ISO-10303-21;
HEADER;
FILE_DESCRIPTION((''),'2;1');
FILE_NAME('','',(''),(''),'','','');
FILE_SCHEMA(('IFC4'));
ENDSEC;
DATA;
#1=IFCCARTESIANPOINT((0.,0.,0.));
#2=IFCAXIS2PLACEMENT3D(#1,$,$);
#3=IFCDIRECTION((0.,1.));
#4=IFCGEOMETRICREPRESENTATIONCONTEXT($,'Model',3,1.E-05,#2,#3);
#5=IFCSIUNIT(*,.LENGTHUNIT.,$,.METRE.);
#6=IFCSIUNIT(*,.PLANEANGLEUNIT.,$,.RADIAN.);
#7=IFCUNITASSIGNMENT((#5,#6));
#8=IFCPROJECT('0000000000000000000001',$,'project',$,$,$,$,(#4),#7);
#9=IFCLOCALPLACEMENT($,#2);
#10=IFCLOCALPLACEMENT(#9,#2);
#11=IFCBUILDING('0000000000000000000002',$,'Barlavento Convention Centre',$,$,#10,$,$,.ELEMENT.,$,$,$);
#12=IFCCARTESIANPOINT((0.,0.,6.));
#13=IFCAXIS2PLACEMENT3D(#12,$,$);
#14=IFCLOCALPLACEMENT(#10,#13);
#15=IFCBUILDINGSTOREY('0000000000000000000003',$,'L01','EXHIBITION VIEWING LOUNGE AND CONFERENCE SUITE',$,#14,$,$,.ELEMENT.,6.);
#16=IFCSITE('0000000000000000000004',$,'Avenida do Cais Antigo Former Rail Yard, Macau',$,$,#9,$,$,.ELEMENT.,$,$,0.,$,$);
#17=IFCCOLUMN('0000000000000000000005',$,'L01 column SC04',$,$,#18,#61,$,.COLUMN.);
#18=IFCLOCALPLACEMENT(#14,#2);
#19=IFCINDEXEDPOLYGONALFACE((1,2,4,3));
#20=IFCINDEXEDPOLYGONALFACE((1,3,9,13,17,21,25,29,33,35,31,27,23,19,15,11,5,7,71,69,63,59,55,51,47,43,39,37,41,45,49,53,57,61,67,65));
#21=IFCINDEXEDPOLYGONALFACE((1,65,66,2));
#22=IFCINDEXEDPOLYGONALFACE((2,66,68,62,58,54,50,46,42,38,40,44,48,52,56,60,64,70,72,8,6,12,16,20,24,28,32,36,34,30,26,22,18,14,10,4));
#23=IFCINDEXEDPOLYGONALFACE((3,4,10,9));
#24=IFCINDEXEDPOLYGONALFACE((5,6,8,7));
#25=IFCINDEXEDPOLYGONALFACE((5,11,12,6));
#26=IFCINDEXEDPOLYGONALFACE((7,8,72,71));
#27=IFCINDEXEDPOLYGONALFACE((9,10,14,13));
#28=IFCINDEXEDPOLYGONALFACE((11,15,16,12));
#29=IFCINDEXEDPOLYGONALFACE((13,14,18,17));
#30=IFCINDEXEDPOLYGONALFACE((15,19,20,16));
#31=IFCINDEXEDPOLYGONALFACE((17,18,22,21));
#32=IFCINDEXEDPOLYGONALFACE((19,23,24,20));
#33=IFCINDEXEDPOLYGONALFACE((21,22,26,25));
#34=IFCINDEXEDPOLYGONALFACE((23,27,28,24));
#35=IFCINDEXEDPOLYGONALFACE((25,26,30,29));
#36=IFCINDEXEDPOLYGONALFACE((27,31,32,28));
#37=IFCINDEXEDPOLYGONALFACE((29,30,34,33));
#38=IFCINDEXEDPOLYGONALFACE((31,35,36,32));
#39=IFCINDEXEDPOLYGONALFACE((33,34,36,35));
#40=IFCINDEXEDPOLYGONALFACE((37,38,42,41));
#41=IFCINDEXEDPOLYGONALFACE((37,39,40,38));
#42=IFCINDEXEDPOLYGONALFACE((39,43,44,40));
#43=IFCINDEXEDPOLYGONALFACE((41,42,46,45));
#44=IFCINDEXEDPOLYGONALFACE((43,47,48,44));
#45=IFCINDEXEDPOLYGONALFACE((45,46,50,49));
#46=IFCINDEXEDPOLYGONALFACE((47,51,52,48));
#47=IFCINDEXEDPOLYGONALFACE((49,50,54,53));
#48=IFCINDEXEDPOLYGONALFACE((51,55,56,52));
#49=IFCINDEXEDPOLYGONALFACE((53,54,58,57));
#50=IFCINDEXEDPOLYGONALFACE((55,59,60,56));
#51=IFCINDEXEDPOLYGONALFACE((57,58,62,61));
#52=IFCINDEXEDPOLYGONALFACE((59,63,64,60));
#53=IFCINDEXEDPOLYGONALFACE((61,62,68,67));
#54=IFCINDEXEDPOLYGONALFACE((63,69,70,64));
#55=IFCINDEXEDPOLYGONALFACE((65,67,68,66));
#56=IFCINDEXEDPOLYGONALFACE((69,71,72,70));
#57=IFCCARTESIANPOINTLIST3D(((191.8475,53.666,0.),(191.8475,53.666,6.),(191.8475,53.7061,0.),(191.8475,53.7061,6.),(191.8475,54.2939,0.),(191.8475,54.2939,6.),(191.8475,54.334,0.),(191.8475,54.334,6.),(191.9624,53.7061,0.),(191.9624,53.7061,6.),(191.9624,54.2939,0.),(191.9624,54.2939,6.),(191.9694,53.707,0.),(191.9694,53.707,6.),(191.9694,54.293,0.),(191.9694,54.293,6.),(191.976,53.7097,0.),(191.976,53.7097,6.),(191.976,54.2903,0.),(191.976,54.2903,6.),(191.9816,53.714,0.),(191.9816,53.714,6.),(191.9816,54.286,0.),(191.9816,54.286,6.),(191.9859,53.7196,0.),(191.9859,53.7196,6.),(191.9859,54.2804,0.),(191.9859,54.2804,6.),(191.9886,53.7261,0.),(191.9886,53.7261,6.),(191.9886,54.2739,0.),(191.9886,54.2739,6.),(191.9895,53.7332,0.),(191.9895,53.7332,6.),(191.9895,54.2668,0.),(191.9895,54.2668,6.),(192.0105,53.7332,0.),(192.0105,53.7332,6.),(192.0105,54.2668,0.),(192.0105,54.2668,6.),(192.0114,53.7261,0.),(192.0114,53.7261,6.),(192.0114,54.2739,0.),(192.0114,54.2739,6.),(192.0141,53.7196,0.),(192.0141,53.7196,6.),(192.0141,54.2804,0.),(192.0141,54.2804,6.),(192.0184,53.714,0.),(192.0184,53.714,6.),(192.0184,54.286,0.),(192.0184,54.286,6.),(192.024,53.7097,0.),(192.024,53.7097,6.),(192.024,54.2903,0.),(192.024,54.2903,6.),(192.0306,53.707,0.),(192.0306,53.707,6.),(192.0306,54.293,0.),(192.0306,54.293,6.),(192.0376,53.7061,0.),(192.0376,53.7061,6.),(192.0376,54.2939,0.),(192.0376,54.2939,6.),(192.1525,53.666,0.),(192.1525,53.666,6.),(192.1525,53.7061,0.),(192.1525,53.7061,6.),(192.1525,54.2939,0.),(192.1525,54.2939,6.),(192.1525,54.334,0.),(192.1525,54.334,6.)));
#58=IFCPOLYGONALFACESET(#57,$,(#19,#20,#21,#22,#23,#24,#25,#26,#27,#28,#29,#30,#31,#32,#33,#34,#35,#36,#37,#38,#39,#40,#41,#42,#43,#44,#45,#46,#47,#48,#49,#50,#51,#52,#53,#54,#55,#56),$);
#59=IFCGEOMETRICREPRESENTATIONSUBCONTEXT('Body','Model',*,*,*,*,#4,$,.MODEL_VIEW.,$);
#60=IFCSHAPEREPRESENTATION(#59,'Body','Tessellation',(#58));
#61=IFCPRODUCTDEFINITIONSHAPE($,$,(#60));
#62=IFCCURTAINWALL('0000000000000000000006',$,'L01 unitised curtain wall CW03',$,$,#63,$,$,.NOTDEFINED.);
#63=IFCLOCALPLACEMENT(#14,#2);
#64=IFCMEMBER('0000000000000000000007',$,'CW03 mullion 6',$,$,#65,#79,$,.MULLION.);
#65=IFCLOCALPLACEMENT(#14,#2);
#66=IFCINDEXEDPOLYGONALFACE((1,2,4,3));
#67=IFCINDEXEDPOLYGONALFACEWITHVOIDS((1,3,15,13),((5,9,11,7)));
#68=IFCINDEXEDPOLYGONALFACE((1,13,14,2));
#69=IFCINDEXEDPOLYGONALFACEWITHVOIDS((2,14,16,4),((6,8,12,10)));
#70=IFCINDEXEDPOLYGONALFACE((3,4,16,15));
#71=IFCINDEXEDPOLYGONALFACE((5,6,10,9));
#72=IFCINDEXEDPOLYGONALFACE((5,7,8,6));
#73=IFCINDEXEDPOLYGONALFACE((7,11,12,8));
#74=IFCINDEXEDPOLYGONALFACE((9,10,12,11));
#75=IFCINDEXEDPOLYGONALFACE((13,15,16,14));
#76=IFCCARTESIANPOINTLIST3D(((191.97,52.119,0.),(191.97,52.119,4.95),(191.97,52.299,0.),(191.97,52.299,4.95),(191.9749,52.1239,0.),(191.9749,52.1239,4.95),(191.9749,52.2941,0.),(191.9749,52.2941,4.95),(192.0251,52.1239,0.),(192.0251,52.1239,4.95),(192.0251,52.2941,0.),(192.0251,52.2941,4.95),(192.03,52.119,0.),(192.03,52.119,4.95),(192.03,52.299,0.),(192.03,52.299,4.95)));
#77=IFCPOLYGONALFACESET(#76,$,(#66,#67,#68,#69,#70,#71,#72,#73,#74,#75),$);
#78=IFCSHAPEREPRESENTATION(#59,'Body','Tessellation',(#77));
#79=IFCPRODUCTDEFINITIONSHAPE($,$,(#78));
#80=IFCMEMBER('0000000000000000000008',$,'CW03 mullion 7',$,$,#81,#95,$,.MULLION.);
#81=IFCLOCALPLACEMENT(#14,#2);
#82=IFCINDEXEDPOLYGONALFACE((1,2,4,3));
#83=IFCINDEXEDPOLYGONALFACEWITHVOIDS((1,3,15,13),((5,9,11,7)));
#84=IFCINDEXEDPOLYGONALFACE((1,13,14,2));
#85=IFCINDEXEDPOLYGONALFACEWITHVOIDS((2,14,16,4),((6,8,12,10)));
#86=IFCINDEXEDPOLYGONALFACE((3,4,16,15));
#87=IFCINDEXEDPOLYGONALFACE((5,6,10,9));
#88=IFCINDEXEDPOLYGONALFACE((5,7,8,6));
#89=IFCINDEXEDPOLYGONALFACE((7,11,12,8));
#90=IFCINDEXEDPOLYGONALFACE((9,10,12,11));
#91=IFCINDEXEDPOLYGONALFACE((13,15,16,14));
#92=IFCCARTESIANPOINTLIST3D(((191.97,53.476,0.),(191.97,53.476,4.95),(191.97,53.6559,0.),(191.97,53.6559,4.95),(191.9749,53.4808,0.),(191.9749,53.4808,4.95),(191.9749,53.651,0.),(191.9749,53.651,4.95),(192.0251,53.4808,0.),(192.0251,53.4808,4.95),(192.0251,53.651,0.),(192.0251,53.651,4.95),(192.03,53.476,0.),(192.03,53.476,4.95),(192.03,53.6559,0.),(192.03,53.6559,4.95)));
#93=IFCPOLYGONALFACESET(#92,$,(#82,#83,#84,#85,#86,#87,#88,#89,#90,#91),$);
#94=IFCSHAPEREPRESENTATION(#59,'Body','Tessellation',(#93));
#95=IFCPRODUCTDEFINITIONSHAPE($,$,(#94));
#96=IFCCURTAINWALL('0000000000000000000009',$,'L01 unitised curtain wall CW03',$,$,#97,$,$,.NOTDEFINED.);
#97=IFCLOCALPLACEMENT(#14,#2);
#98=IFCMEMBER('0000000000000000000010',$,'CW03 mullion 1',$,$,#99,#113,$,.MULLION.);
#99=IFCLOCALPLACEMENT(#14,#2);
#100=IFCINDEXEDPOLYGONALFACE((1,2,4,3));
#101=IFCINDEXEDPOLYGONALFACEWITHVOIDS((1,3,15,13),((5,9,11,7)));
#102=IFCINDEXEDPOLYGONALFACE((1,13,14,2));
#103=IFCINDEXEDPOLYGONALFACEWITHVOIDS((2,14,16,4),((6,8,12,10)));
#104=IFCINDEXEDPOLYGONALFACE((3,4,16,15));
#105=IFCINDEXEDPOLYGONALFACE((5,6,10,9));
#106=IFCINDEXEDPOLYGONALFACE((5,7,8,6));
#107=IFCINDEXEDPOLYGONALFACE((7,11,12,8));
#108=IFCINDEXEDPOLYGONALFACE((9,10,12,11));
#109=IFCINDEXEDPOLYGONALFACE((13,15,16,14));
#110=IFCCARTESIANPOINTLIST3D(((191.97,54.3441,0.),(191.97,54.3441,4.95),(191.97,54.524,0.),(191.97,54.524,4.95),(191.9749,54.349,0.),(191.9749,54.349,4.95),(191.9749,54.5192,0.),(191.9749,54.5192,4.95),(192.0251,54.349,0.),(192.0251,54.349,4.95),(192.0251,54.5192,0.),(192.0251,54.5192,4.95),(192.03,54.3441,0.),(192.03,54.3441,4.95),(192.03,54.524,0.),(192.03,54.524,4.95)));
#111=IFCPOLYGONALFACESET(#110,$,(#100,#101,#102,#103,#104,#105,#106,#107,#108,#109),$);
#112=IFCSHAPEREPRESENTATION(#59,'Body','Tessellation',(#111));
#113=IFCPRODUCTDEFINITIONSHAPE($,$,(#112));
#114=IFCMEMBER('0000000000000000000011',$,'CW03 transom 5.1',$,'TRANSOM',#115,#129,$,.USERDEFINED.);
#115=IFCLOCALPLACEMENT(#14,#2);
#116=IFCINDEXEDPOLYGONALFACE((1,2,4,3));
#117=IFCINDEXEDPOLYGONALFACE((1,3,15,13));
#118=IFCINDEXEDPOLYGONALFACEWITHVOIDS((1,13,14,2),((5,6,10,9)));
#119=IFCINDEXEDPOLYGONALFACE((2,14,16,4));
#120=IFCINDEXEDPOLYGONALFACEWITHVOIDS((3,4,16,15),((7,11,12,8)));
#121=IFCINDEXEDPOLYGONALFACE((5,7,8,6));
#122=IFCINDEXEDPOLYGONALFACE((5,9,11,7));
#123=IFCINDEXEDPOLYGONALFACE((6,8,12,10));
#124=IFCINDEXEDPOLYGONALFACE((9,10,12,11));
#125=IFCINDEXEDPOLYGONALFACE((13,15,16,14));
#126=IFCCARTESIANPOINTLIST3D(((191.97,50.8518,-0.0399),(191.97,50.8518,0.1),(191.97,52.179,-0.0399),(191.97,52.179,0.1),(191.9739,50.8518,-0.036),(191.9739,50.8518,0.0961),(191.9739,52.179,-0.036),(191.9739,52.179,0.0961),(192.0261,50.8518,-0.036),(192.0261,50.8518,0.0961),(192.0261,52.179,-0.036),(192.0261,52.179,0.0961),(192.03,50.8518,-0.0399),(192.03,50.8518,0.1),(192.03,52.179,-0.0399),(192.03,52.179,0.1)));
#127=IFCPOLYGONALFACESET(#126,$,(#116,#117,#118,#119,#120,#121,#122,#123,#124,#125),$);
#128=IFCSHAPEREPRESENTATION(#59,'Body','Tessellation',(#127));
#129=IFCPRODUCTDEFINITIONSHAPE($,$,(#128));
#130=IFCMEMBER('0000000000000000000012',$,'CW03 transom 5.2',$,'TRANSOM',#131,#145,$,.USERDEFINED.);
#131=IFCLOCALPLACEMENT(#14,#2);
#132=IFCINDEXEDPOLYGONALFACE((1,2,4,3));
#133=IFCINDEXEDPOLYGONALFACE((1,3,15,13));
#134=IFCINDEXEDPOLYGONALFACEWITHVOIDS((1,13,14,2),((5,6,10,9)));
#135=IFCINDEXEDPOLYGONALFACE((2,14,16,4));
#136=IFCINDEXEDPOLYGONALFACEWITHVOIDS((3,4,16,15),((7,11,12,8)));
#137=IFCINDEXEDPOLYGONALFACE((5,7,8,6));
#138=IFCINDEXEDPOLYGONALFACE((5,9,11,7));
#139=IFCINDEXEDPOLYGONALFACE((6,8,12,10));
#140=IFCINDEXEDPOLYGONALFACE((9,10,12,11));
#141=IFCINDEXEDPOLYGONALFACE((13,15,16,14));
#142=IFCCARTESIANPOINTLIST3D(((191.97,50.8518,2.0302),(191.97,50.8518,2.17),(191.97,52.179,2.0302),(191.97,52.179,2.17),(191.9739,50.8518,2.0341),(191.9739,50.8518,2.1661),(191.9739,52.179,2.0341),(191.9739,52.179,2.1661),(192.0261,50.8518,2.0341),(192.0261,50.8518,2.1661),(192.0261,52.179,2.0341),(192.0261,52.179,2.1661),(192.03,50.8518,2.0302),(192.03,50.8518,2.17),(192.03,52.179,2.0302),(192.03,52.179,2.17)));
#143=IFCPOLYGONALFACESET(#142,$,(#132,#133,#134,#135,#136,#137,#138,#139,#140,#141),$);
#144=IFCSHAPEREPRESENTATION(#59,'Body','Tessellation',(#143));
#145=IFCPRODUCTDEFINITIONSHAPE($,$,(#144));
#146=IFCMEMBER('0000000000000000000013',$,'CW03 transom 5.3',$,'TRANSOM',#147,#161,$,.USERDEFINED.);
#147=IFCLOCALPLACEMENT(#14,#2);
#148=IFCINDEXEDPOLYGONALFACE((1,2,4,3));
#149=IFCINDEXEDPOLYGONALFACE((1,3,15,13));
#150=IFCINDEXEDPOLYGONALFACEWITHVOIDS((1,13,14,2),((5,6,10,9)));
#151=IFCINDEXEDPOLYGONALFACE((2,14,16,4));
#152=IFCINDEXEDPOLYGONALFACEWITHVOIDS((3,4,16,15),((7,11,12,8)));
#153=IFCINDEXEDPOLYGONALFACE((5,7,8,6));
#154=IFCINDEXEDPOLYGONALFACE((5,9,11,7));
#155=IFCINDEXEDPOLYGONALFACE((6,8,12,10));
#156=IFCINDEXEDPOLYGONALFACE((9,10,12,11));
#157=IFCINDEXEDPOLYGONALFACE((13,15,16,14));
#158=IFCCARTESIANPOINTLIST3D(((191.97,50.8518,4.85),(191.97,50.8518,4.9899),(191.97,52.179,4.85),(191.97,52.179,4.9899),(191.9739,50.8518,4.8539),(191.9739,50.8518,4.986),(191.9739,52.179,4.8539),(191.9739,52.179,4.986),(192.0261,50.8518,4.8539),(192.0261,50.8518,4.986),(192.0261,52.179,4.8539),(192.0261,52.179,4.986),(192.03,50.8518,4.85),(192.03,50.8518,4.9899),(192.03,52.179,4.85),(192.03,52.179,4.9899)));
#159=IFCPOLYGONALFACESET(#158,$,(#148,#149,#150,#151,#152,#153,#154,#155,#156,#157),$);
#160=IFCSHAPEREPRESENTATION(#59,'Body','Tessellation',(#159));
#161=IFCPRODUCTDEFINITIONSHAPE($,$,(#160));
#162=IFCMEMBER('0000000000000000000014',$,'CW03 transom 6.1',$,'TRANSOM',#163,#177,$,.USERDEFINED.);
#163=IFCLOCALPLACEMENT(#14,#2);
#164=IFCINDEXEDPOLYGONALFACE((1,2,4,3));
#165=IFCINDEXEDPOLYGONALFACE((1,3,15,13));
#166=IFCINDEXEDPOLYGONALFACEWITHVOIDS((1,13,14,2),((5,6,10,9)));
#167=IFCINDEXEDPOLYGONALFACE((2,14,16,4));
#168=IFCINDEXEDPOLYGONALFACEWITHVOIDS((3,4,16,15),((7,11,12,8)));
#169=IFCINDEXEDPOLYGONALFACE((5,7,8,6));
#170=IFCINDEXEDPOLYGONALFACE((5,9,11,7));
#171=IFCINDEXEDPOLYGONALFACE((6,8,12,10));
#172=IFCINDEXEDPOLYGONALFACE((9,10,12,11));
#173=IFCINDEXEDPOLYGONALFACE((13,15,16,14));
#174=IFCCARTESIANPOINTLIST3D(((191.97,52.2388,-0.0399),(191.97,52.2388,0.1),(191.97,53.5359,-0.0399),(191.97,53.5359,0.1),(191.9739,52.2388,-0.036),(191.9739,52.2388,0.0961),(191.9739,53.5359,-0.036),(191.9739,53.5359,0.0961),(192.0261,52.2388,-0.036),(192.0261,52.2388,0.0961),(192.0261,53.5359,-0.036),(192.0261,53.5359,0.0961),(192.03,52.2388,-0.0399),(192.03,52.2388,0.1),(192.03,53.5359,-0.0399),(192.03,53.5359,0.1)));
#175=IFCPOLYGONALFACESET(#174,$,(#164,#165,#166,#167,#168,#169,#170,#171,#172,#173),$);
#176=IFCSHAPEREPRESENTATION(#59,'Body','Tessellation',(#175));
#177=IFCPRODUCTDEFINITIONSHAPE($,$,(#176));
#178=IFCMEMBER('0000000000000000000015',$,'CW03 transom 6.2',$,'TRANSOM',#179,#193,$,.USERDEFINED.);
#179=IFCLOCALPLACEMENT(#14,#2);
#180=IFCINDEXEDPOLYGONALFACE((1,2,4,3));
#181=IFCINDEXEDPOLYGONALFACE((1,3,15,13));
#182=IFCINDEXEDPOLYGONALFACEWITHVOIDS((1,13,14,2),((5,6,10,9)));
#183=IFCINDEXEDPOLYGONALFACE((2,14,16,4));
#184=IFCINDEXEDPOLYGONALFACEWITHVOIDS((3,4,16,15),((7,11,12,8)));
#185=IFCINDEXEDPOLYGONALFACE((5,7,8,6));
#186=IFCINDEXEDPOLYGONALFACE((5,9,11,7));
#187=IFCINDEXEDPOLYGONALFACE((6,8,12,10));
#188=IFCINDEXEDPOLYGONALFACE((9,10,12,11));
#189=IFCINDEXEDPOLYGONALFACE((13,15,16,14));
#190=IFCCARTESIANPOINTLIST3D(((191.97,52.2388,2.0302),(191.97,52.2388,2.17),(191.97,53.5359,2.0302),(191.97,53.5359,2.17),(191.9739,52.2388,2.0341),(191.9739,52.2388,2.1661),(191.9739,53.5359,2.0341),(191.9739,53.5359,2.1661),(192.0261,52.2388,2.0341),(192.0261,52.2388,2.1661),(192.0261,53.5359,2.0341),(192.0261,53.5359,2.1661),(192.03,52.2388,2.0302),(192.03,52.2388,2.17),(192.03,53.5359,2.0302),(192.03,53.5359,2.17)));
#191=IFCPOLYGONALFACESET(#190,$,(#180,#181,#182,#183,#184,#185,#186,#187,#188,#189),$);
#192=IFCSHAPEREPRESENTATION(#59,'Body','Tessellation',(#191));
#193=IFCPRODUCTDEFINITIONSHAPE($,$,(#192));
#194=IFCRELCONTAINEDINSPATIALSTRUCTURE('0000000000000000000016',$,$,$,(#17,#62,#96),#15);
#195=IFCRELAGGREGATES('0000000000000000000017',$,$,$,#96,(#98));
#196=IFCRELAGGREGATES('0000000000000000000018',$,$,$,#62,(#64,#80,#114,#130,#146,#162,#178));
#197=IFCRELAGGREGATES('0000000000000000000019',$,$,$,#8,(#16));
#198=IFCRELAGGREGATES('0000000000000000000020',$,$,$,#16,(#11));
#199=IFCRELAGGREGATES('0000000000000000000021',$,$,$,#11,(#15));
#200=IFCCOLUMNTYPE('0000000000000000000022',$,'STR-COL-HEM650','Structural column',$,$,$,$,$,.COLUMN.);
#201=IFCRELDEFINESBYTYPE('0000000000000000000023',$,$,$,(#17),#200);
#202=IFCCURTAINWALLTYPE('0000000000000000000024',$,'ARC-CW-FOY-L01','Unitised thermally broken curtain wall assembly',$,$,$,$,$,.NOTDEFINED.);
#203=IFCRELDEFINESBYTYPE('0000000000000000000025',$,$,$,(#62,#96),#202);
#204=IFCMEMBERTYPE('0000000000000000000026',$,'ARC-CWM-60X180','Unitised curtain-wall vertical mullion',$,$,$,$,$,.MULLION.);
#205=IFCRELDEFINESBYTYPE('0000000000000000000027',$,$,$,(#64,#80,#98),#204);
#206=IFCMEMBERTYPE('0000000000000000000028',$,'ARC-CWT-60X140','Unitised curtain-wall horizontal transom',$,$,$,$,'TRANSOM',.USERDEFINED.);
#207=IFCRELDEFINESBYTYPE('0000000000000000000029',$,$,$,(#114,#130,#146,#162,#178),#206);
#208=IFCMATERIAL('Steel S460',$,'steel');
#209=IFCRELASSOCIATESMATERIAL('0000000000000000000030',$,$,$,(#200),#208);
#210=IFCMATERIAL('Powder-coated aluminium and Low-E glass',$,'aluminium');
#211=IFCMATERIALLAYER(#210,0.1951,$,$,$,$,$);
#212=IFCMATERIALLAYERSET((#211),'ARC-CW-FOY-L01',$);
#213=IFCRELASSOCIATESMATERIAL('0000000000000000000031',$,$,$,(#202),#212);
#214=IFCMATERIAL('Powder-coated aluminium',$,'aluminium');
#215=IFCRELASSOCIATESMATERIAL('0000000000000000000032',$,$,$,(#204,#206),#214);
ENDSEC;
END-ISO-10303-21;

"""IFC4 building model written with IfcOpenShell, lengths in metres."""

from ifc_helpers import new_model, si_unit, direction, frame, origin, origin_2d, place, context, subcontext, project, spatial, hollow_rectangle, i_section, extrude, material, layer, layer_set, material_profile, profile_set, type_object, element, aggregate, save


model = new_model("IFC4")

# Units and contexts
model_context = context("Model", 3, precision=1e-05, world=origin(), true_north=direction((0.0, 1.0)))
body_context = subcontext(model_context, "Body", "Model", "MODEL_VIEW")
ifc_project = project(units=[si_unit("LENGTHUNIT", "METRE"), si_unit("PLANEANGLEUNIT", "RADIAN")], contexts=[model_context])

# Site, building, storey
site_placement = place(None, origin())
site = spatial("IfcSite", under=ifc_project, at=site_placement, Name="Avenida do Cais Antigo Former Rail Yard, Macau", CompositionType="ELEMENT", RefElevation=0.0)
building_placement = place(site_placement, origin())
building = spatial("IfcBuilding", under=site, at=building_placement, Name="Barlavento Convention Centre", CompositionType="ELEMENT")
storey_placement = place(building_placement, frame((0.0, 0.0, 6.0)))
storey = spatial("IfcBuildingStorey", under=building, at=storey_placement, Name="L01", Description="EXHIBITION VIEWING LOUNGE AND CONFERENCE SUITE", CompositionType="ELEMENT", Elevation=6.0)

# Column
ifc_material_1 = material(Name="Steel S460", Category="steel")
ifc_material_profile_1 = material_profile(ifc_material_1, i_section(OverallWidth=0.3049, OverallDepth=0.668, WebThickness=0.021, FlangeThickness=0.04, FilletRadius=0.0271, at=origin_2d()), Name="HEM 650")
ifc_profile_set_1 = profile_set([ifc_material_profile_1], Name="Steel S460")
column_type = type_object("IfcColumnType", Name="STR-COL-HEM650", Description="Structural column", PredefinedType="COLUMN", material=ifc_profile_set_1)
column_placement = place(storey_placement, frame((192.0, 54.0, 0.0), z_axis=(0.0, 0.0, 1.0), x_axis=(1.0, 0.0, 0.0)))
element("IfcColumn", 1, at=column_placement, inside=storey, type_object=column_type, Name="L01 column SC04", PredefinedType="COLUMN", context=body_context, shape_type="SweptSolid", body=[
    extrude(i_section(OverallWidth=0.3049, OverallDepth=0.668, WebThickness=0.021, FlangeThickness=0.04, FilletRadius=0.0271, at=origin_2d()), origin(), (0.0, 0.0, 1.0), 6.0),
])

# Curtain wall, members
ifc_material_2 = material(Name="Powder-coated aluminium and Low-E glass", Category="aluminium")
ifc_layer_1 = layer(ifc_material_2, 0.1951)
ifc_layer_set_1 = layer_set([ifc_layer_1], Name="ARC-CW-FOY-L01")
curtain_wall_type = type_object("IfcCurtainWallType", Name="ARC-CW-FOY-L01", Description="Unitised thermally broken curtain wall assembly", PredefinedType="NOTDEFINED", material=ifc_layer_set_1)
curtain_wall_1_placement = place(storey_placement, origin())
curtain_wall_1 = element("IfcCurtainWall", 2, at=curtain_wall_1_placement, inside=storey, type_object=curtain_wall_type, Name="L01 unitised curtain wall CW03", PredefinedType="NOTDEFINED")
ifc_material_3 = material(Name="Powder-coated aluminium", Category="aluminium")
ifc_material_profile_2 = material_profile(ifc_material_3, hollow_rectangle(XDim=0.0601, YDim=0.1799, WallThickness=0.0049, at=origin_2d()), Name="AL-MULL 60x180x5")
ifc_profile_set_2 = profile_set([ifc_material_profile_2], Name="Powder-coated aluminium")
member_type_1 = type_object("IfcMemberType", Name="ARC-CWM-60X180", Description="Unitised curtain-wall vertical mullion", PredefinedType="MULLION", material=ifc_profile_set_2)
member_1_placement = place(storey_placement, frame((192.0, 52.209, 0.0), z_axis=(0.0, 0.0, 1.0), x_axis=(-1.0, 0.0, 0.0)))
member_1 = element("IfcMember", 3, at=member_1_placement, type_object=member_type_1, Name="CW03 mullion 6", PredefinedType="MULLION", context=body_context, shape_type="SweptSolid", body=[
    extrude(hollow_rectangle(XDim=0.0601, YDim=0.1799, WallThickness=0.0049, at=origin_2d()), origin(), (0.0, 0.0, 1.0), 4.95),
])
member_2_placement = place(storey_placement, frame((192.0, 53.5659, 0.0), z_axis=(0.0, 0.0, 1.0), x_axis=(-1.0, 0.0, 0.0)))
member_2 = element("IfcMember", 4, at=member_2_placement, type_object=member_type_1, Name="CW03 mullion 7", PredefinedType="MULLION", context=body_context, shape_type="SweptSolid", body=[
    extrude(hollow_rectangle(XDim=0.0601, YDim=0.1799, WallThickness=0.0049, at=origin_2d()), origin(), (0.0, 0.0, 1.0), 4.95),
])

# Curtain wall, member
curtain_wall_2_placement = place(storey_placement, origin())
curtain_wall_2 = element("IfcCurtainWall", 5, at=curtain_wall_2_placement, inside=storey, type_object=curtain_wall_type, Name="L01 unitised curtain wall CW03", PredefinedType="NOTDEFINED")
member_3_placement = place(storey_placement, frame((192.0, 54.4341, 0.0), z_axis=(0.0, 0.0, 1.0), x_axis=(-1.0, 0.0, 0.0)))
member_3 = element("IfcMember", 6, at=member_3_placement, type_object=member_type_1, Name="CW03 mullion 1", PredefinedType="MULLION", context=body_context, shape_type="SweptSolid", body=[
    extrude(hollow_rectangle(XDim=0.0601, YDim=0.1799, WallThickness=0.0049, at=origin_2d()), origin(), (0.0, 0.0, 1.0), 4.95),
])

# Members
ifc_material_profile_3 = material_profile(ifc_material_3, hollow_rectangle(XDim=0.0601, YDim=0.1399, WallThickness=0.0039, at=origin_2d()), Name="AL-TRAN 60x140x4")
ifc_profile_set_3 = profile_set([ifc_material_profile_3], Name="Powder-coated aluminium")
member_type_2 = type_object("IfcMemberType", Name="ARC-CWT-60X140", Description="Unitised curtain-wall horizontal transom", ElementType="TRANSOM", PredefinedType="USERDEFINED", material=ifc_profile_set_3)
member_4_placement = place(storey_placement, frame((192.0, 50.8518, 0.03), z_axis=(0.0, 1.0, 0.0), x_axis=(-1.0, 0.0, 0.0)))
member_4 = element("IfcMember", 7, at=member_4_placement, type_object=member_type_2, Name="CW03 transom 5.1", ObjectType="TRANSOM", PredefinedType="USERDEFINED", context=body_context, shape_type="SweptSolid", body=[
    extrude(hollow_rectangle(XDim=0.0601, YDim=0.1399, WallThickness=0.0039, at=origin_2d()), origin(), (0.0, 0.0, 1.0), 1.3271),
])
member_5_placement = place(storey_placement, frame((192.0, 50.8518, 2.1001), z_axis=(0.0, 1.0, 0.0), x_axis=(-1.0, 0.0, 0.0)))
member_5 = element("IfcMember", 8, at=member_5_placement, type_object=member_type_2, Name="CW03 transom 5.2", ObjectType="TRANSOM", PredefinedType="USERDEFINED", context=body_context, shape_type="SweptSolid", body=[
    extrude(hollow_rectangle(XDim=0.0601, YDim=0.1399, WallThickness=0.0039, at=origin_2d()), origin(), (0.0, 0.0, 1.0), 1.3271),
])
member_6_placement = place(storey_placement, frame((192.0, 50.8518, 4.9199), z_axis=(0.0, 1.0, 0.0), x_axis=(-1.0, 0.0, 0.0)))
member_6 = element("IfcMember", 9, at=member_6_placement, type_object=member_type_2, Name="CW03 transom 5.3", ObjectType="TRANSOM", PredefinedType="USERDEFINED", context=body_context, shape_type="SweptSolid", body=[
    extrude(hollow_rectangle(XDim=0.0601, YDim=0.1399, WallThickness=0.0039, at=origin_2d()), origin(), (0.0, 0.0, 1.0), 1.3271),
])
member_7_placement = place(storey_placement, frame((192.0, 52.2388, 0.03), z_axis=(0.0, 1.0, 0.0), x_axis=(-1.0, 0.0, 0.0)))
member_7 = element("IfcMember", 10, at=member_7_placement, type_object=member_type_2, Name="CW03 transom 6.1", ObjectType="TRANSOM", PredefinedType="USERDEFINED", context=body_context, shape_type="SweptSolid", body=[
    extrude(hollow_rectangle(XDim=0.0601, YDim=0.1399, WallThickness=0.0039, at=origin_2d()), origin(), (0.0, 0.0, 1.0), 1.2971),
])
member_8_placement = place(storey_placement, frame((192.0, 52.2388, 2.1001), z_axis=(0.0, 1.0, 0.0), x_axis=(-1.0, 0.0, 0.0)))
member_8 = element("IfcMember", 11, at=member_8_placement, type_object=member_type_2, Name="CW03 transom 6.2", ObjectType="TRANSOM", PredefinedType="USERDEFINED", context=body_context, shape_type="SweptSolid", body=[
    extrude(hollow_rectangle(XDim=0.0601, YDim=0.1399, WallThickness=0.0039, at=origin_2d()), origin(), (0.0, 0.0, 1.0), 1.2971),
])
aggregate(curtain_wall_2, [member_3])

aggregate(curtain_wall_1, [member_1, member_2, member_4, member_5, member_6, member_7, member_8])

save(model, "model.ifc")
